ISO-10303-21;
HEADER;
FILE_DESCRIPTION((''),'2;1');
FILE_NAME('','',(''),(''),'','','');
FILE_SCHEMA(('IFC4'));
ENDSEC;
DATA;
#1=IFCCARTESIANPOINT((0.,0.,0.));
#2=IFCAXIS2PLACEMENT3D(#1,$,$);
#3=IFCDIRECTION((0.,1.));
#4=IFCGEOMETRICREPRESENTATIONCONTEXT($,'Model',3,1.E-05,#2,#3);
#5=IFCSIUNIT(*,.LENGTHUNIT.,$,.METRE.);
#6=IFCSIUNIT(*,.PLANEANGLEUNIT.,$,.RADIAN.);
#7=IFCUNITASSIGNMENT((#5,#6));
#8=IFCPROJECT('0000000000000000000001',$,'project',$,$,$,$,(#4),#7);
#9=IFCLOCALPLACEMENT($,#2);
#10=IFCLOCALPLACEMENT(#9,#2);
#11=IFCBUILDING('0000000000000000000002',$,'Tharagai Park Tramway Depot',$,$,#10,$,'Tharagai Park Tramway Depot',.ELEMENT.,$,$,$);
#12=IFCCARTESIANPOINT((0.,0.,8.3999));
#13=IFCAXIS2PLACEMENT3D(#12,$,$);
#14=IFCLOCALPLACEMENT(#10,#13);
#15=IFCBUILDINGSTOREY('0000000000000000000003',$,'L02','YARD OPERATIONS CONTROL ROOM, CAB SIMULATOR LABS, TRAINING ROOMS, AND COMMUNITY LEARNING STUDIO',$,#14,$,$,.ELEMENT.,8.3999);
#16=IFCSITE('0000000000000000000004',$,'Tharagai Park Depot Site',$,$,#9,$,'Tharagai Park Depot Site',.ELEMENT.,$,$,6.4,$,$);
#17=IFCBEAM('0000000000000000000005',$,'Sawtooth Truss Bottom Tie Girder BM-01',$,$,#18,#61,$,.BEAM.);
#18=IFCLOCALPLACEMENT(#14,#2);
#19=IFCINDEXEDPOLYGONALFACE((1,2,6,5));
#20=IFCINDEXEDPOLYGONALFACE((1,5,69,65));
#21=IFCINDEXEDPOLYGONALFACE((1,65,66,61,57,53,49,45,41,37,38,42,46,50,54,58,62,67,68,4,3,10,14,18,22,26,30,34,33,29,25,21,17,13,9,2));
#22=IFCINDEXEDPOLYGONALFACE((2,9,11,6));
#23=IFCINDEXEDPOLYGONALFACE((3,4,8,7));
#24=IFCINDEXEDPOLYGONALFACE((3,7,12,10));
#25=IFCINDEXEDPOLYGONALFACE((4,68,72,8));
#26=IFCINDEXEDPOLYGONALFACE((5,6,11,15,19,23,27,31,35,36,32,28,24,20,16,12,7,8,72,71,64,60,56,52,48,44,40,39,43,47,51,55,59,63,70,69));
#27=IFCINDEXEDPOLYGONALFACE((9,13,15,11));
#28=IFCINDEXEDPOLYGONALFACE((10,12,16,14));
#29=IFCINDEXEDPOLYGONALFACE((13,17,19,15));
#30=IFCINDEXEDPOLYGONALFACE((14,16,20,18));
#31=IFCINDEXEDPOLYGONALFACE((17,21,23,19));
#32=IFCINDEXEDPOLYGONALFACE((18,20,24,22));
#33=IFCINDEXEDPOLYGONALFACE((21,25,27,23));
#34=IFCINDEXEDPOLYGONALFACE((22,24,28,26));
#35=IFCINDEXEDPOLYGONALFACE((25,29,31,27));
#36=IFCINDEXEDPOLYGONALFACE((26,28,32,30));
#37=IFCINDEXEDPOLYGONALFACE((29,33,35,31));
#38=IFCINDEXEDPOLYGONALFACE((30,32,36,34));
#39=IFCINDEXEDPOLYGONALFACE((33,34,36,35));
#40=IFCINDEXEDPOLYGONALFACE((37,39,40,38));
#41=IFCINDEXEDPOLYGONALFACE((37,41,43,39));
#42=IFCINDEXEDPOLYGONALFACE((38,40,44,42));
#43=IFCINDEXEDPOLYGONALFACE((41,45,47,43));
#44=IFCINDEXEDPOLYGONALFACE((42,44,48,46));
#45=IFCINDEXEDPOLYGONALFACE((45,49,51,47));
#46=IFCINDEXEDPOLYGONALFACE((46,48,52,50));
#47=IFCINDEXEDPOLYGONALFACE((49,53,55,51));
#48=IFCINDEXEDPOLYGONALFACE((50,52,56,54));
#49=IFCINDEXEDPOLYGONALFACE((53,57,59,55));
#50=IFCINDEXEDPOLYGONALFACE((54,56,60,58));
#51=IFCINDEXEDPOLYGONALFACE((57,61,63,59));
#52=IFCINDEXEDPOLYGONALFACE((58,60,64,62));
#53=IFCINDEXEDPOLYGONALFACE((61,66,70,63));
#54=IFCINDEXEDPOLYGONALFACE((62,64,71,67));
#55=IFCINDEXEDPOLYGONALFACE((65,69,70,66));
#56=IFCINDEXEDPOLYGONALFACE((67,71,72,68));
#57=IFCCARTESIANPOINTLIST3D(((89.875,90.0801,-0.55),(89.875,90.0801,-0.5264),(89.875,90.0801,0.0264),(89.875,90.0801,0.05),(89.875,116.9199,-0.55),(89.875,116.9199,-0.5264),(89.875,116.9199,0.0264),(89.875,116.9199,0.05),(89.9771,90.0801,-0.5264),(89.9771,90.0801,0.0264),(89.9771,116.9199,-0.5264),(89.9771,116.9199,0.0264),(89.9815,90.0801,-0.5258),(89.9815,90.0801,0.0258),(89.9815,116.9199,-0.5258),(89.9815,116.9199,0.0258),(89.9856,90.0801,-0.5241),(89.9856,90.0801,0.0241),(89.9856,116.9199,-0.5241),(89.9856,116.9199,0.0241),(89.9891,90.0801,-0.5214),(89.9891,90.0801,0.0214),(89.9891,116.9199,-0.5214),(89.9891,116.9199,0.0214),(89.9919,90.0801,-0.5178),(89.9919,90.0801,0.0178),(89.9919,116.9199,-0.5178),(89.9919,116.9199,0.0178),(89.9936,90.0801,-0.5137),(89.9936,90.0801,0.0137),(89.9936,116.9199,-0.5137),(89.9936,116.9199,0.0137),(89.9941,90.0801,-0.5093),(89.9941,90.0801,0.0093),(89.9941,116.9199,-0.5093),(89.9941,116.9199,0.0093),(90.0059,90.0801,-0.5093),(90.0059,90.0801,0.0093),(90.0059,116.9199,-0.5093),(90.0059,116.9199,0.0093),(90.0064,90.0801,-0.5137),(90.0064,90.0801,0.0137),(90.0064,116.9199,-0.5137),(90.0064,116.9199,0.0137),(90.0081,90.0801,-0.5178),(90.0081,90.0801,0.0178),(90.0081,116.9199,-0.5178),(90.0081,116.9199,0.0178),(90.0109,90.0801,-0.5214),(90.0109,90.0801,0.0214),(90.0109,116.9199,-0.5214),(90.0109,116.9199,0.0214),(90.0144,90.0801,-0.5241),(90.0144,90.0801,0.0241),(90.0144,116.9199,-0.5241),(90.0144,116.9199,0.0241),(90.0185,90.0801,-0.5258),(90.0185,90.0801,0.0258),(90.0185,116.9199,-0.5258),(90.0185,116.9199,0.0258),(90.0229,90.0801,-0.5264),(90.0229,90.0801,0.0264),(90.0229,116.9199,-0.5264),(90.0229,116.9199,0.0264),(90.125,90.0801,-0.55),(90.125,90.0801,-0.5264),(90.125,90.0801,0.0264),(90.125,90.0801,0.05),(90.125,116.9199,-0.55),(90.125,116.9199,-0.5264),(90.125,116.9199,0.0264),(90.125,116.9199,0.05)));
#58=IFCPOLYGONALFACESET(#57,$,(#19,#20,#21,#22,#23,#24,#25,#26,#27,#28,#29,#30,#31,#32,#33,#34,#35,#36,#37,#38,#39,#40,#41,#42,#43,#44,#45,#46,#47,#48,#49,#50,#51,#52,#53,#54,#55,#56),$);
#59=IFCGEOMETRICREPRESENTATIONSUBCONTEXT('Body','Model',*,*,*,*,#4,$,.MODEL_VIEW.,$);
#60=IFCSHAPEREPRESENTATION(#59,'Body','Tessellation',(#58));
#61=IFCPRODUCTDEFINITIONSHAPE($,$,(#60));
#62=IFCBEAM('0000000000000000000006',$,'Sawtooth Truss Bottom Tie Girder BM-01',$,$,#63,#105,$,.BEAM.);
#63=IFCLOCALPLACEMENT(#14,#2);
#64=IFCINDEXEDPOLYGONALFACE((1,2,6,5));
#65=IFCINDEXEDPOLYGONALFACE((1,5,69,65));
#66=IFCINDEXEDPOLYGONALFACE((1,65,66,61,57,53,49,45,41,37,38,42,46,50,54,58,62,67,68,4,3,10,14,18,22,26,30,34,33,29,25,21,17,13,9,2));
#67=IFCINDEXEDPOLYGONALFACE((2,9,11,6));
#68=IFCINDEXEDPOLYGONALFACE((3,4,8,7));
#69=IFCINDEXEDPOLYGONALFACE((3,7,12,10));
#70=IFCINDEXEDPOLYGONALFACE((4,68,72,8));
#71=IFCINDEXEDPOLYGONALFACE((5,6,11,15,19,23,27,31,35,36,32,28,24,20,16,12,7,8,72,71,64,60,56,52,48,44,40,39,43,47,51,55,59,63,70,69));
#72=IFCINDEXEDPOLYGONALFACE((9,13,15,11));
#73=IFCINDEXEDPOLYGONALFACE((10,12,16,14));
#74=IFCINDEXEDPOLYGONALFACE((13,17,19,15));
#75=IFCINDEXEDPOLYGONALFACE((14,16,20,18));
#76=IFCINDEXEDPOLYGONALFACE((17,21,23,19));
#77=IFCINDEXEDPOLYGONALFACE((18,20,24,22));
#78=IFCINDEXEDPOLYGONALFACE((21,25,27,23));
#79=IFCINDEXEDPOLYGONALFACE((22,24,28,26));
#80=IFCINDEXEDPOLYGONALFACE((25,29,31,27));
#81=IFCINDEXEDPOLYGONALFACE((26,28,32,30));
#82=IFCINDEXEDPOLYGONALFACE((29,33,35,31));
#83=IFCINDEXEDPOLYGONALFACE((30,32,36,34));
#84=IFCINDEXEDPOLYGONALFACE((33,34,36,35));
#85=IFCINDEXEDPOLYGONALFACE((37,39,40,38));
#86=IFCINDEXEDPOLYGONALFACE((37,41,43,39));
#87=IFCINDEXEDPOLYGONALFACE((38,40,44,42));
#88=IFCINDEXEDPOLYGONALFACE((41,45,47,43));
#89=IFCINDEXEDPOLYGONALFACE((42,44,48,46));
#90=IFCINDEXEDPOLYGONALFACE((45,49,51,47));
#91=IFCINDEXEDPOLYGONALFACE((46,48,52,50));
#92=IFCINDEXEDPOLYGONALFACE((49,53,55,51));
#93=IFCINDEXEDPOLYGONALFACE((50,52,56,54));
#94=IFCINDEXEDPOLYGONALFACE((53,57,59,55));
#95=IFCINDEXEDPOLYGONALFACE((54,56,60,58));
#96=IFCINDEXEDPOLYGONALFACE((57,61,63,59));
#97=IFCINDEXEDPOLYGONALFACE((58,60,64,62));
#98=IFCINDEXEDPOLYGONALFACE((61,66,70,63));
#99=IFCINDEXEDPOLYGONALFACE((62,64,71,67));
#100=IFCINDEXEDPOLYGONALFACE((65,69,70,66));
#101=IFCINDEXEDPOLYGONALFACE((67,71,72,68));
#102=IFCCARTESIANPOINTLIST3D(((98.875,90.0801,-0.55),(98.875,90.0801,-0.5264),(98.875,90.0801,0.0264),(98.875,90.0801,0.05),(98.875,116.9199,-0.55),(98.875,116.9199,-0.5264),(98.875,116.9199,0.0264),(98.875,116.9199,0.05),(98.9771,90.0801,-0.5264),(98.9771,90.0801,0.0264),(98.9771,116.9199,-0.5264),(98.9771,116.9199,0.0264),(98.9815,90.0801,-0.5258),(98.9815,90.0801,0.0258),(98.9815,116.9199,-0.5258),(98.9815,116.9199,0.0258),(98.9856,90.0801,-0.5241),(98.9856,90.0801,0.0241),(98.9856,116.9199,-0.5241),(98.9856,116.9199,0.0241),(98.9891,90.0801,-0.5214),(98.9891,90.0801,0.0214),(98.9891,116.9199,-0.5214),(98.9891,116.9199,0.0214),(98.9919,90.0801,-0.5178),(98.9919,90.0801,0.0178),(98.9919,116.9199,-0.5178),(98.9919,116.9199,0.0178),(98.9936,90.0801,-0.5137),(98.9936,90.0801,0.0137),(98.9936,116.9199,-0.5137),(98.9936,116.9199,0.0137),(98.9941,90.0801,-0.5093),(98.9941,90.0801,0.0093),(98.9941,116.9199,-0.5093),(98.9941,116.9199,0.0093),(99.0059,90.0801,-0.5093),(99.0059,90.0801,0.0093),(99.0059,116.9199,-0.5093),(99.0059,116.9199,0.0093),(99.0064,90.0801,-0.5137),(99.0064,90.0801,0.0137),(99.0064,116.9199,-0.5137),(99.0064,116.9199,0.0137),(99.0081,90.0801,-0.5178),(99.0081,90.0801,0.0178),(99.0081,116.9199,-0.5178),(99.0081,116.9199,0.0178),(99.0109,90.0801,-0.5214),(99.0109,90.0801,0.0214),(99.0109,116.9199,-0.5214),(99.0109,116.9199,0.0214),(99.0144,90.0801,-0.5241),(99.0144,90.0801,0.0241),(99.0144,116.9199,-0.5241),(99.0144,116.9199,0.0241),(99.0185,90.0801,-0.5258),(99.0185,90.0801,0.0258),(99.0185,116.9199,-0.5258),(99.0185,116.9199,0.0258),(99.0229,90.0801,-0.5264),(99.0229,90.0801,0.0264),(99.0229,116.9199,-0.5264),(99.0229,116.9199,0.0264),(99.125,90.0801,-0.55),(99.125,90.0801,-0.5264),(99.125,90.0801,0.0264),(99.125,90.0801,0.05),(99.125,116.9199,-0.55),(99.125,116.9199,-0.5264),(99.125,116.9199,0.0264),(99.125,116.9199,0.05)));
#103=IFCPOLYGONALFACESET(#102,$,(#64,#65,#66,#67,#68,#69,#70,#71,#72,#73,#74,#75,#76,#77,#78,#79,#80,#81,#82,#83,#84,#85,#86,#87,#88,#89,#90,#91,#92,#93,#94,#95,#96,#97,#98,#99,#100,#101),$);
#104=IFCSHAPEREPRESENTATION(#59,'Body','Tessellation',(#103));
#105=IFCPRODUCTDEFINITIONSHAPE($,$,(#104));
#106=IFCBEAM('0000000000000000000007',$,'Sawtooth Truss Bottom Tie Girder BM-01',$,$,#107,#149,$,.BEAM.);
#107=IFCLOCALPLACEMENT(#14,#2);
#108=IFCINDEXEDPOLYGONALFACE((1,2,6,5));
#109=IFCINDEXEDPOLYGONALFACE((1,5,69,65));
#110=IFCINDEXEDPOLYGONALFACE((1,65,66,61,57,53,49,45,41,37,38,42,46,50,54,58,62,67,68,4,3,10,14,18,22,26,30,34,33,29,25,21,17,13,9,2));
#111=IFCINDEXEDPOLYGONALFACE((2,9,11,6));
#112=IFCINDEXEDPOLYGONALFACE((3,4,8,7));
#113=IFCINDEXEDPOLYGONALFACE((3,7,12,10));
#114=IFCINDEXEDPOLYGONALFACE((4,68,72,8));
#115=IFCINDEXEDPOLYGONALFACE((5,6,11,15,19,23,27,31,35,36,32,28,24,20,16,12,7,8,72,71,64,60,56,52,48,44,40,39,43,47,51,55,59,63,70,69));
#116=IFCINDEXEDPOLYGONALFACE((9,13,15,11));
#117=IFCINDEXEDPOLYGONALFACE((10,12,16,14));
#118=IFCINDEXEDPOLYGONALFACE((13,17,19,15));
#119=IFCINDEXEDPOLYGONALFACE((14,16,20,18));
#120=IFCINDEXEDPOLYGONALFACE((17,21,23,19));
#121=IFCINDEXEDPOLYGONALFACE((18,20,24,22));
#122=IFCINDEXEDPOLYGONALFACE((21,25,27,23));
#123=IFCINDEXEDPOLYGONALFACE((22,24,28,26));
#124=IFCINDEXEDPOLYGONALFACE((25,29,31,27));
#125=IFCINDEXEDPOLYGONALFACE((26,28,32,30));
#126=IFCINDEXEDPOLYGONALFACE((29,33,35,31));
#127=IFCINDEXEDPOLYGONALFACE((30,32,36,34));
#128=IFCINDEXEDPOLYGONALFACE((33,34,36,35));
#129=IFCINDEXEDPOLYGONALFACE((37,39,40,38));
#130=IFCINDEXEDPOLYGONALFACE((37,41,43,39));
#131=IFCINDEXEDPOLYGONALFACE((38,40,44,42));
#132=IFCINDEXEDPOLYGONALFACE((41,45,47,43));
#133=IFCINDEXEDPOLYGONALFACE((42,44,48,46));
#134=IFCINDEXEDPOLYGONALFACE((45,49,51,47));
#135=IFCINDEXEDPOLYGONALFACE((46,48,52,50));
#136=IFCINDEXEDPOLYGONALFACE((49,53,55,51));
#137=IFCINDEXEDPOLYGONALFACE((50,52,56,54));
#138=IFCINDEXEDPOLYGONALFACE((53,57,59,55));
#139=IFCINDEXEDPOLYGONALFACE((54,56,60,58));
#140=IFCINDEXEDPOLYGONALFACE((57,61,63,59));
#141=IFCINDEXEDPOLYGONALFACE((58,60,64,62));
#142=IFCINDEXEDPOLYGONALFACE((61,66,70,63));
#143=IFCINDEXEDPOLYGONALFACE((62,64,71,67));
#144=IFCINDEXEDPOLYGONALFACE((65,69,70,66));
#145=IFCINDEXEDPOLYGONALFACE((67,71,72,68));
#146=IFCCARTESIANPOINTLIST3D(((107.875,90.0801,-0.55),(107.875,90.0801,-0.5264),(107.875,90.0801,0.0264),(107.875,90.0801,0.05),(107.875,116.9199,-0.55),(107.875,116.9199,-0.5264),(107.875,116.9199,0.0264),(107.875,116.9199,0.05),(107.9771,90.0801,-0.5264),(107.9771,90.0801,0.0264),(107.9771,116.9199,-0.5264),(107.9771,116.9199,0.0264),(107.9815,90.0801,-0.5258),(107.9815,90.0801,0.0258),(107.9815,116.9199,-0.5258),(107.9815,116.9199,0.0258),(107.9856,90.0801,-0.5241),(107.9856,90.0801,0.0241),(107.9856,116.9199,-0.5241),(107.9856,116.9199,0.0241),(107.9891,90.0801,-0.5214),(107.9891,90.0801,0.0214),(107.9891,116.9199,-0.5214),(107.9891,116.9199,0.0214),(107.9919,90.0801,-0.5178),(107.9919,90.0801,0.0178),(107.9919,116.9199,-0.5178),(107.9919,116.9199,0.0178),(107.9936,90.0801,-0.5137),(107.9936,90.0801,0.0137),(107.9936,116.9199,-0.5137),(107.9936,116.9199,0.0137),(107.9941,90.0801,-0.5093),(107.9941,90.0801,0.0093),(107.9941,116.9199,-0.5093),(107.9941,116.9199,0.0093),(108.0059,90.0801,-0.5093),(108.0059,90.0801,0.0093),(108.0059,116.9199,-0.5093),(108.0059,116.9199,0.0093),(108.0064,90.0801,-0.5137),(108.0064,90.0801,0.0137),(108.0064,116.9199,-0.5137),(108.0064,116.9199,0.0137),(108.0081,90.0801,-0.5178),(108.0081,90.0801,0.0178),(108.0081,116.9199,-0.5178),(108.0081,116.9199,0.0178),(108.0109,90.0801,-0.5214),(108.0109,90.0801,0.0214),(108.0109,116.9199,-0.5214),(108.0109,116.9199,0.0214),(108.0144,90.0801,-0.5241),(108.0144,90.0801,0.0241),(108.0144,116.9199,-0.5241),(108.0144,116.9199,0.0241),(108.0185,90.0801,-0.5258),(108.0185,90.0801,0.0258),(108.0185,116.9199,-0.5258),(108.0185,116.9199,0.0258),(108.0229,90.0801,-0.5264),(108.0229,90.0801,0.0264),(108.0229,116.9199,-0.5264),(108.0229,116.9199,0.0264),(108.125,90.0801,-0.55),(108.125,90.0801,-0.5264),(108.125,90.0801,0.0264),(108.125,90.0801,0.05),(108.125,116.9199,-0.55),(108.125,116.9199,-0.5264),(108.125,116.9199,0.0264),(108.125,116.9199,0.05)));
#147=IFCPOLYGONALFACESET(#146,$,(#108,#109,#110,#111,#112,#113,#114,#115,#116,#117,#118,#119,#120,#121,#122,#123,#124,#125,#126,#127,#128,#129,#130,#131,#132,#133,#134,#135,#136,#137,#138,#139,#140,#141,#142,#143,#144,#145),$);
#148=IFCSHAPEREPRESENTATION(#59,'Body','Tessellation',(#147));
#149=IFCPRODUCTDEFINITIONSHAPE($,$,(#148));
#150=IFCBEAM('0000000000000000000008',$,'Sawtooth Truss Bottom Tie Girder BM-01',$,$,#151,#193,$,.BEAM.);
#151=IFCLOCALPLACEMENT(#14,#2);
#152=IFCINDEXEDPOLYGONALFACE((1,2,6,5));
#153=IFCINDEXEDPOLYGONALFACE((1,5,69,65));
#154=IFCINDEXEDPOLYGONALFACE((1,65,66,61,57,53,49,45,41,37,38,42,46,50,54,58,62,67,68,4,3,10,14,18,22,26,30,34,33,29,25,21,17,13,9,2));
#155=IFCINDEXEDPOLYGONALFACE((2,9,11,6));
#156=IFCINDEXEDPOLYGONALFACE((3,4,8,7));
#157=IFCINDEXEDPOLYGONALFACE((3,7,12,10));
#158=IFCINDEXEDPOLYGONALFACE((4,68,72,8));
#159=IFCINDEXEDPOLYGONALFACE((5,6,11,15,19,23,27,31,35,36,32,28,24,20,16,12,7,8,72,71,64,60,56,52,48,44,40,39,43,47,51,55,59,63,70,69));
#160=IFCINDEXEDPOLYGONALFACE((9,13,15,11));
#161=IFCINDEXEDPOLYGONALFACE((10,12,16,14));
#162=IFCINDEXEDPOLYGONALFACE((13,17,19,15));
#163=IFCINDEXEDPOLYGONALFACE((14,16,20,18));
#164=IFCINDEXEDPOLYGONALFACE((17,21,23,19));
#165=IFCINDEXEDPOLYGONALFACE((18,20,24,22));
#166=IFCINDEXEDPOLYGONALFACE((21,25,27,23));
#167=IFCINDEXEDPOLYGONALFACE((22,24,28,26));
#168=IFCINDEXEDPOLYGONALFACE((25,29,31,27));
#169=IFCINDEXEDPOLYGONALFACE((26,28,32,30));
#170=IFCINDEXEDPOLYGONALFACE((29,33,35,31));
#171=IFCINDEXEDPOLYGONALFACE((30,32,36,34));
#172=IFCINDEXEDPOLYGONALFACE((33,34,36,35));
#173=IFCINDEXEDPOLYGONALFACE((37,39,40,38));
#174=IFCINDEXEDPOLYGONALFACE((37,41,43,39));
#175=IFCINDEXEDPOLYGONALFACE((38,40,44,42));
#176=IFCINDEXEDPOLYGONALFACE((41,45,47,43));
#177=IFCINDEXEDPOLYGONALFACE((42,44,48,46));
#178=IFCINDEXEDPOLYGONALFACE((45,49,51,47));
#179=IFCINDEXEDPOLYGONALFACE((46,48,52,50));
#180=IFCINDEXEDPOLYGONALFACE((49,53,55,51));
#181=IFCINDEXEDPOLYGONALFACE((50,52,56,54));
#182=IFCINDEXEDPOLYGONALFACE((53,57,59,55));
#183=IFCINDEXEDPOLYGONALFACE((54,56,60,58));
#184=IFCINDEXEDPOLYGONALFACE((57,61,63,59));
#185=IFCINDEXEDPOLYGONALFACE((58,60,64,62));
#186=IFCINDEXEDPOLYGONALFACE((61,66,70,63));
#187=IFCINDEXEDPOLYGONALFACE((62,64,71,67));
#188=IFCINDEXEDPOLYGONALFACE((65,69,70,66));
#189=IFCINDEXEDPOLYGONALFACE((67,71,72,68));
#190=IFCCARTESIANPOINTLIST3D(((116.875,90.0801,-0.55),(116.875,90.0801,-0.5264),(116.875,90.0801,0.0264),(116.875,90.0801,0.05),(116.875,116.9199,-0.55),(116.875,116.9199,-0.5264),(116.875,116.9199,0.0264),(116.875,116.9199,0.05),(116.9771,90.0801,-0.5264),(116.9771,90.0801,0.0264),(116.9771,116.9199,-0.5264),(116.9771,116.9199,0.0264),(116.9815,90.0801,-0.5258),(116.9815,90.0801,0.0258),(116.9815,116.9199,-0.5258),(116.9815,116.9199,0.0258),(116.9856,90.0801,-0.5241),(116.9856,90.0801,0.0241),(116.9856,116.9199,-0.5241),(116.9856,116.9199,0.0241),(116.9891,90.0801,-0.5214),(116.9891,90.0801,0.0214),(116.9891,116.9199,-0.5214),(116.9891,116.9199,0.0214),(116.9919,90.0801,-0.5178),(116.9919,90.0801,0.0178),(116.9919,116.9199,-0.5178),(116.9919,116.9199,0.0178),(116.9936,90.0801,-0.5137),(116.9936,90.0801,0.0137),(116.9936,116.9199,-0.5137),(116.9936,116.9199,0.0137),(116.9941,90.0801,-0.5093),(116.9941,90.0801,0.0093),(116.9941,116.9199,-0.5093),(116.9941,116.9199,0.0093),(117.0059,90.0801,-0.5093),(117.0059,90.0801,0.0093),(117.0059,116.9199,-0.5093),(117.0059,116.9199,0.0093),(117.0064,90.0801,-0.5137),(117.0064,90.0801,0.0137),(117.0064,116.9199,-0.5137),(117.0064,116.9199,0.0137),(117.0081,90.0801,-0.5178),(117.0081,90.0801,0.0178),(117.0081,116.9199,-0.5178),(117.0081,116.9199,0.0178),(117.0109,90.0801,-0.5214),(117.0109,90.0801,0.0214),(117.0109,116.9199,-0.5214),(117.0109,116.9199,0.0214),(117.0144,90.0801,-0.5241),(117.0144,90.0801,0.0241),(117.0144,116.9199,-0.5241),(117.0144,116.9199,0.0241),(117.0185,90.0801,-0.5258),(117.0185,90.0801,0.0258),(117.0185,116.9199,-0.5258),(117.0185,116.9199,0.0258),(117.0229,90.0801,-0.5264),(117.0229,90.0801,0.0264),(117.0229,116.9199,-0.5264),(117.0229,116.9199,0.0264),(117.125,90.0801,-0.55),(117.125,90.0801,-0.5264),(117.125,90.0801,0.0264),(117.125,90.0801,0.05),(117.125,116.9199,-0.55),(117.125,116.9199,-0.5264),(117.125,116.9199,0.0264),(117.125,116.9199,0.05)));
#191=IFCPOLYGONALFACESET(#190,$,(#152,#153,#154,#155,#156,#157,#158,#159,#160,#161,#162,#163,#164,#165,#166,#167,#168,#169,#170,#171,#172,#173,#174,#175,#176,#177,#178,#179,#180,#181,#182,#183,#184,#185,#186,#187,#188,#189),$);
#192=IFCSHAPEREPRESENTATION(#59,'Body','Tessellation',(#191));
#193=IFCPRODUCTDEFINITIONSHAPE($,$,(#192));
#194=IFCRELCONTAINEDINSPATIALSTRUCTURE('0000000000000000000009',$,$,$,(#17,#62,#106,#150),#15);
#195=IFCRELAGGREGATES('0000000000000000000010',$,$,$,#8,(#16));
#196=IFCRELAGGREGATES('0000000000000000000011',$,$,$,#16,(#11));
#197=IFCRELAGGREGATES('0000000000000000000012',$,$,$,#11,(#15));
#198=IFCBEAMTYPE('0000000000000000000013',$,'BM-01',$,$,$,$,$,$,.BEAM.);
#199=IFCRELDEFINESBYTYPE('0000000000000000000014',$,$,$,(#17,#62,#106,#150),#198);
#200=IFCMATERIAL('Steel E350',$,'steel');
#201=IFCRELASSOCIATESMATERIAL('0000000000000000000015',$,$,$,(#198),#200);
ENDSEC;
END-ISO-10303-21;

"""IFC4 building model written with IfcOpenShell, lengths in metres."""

from ifc_helpers import new_model, si_unit, direction, frame, origin, origin_2d, place, context, subcontext, project, spatial, i_section, extrude, material, material_profile, profile_set, type_object, element, save


model = new_model("IFC4")

# Units and contexts
model_context = context("Model", 3, precision=1e-05, world=origin(), true_north=direction((0.0, 1.0)))
body_context = subcontext(model_context, "Body", "Model", "MODEL_VIEW")
ifc_project = project(units=[si_unit("LENGTHUNIT", "METRE"), si_unit("PLANEANGLEUNIT", "RADIAN")], contexts=[model_context])

# Site, building, storey
site_placement = place(None, origin())
site = spatial("IfcSite", under=ifc_project, at=site_placement, Name="Tharagai Park Depot Site", LongName="Tharagai Park Depot Site", CompositionType="ELEMENT", RefElevation=6.4)
building_placement = place(site_placement, origin())
building = spatial("IfcBuilding", under=site, at=building_placement, Name="Tharagai Park Tramway Depot", LongName="Tharagai Park Tramway Depot", CompositionType="ELEMENT")
storey_placement = place(building_placement, frame((0.0, 0.0, 8.3999)))
storey = spatial("IfcBuildingStorey", under=building, at=storey_placement, Name="L02", Description="YARD OPERATIONS CONTROL ROOM, CAB SIMULATOR LABS, TRAINING ROOMS, AND COMMUNITY LEARNING STUDIO", CompositionType="ELEMENT", Elevation=8.3999)

# Shared definitions
ifc_material_1 = material(Name="Steel E350", Category="steel")

# Beams
ifc_material_profile_1 = material_profile(ifc_material_1, i_section(OverallWidth=0.25, OverallDepth=0.6001, WebThickness=0.0117, FlangeThickness=0.0237, FilletRadius=0.0171, at=origin_2d()), Name="ISWB 600")
ifc_profile_set_1 = profile_set([ifc_material_profile_1], Name="Steel E350")
beam_type_1 = type_object("IfcBeamType", Name="BM-01", PredefinedType="BEAM", material=ifc_profile_set_1)
for number, where, z_axis, x_axis, name in (
    (1, (90.0, 90.0801, -0.25), (0.0, 1.0, 0.0), (-1.0, 0.0, 0.0), "Sawtooth Truss Bottom Tie Girder BM-01"),
    (2, (99.0, 90.0801, -0.25), (0.0, 1.0, 0.0), (-1.0, 0.0, 0.0), "Sawtooth Truss Bottom Tie Girder BM-01"),
    (3, (108.0, 90.0801, -0.25), (0.0, 1.0, 0.0), (-1.0, 0.0, 0.0), "Sawtooth Truss Bottom Tie Girder BM-01"),
    (4, (117.0, 90.0801, -0.25), (0.0, 1.0, 0.0), (-1.0, 0.0, 0.0), "Sawtooth Truss Bottom Tie Girder BM-01"),
):
    element("IfcBeam", number, at=place(storey_placement, frame(where, z_axis=z_axis, x_axis=x_axis)), inside=storey, type_object=beam_type_1, Name=name, PredefinedType="BEAM", context=body_context, shape_type="SweptSolid", body=[
        extrude(i_section(OverallWidth=0.25, OverallDepth=0.6001, WebThickness=0.0117, FlangeThickness=0.0237, FilletRadius=0.0171, at=origin_2d()), origin(), (0.0, 0.0, 1.0), 26.8398),
    ])

save(model, "model.ifc")
